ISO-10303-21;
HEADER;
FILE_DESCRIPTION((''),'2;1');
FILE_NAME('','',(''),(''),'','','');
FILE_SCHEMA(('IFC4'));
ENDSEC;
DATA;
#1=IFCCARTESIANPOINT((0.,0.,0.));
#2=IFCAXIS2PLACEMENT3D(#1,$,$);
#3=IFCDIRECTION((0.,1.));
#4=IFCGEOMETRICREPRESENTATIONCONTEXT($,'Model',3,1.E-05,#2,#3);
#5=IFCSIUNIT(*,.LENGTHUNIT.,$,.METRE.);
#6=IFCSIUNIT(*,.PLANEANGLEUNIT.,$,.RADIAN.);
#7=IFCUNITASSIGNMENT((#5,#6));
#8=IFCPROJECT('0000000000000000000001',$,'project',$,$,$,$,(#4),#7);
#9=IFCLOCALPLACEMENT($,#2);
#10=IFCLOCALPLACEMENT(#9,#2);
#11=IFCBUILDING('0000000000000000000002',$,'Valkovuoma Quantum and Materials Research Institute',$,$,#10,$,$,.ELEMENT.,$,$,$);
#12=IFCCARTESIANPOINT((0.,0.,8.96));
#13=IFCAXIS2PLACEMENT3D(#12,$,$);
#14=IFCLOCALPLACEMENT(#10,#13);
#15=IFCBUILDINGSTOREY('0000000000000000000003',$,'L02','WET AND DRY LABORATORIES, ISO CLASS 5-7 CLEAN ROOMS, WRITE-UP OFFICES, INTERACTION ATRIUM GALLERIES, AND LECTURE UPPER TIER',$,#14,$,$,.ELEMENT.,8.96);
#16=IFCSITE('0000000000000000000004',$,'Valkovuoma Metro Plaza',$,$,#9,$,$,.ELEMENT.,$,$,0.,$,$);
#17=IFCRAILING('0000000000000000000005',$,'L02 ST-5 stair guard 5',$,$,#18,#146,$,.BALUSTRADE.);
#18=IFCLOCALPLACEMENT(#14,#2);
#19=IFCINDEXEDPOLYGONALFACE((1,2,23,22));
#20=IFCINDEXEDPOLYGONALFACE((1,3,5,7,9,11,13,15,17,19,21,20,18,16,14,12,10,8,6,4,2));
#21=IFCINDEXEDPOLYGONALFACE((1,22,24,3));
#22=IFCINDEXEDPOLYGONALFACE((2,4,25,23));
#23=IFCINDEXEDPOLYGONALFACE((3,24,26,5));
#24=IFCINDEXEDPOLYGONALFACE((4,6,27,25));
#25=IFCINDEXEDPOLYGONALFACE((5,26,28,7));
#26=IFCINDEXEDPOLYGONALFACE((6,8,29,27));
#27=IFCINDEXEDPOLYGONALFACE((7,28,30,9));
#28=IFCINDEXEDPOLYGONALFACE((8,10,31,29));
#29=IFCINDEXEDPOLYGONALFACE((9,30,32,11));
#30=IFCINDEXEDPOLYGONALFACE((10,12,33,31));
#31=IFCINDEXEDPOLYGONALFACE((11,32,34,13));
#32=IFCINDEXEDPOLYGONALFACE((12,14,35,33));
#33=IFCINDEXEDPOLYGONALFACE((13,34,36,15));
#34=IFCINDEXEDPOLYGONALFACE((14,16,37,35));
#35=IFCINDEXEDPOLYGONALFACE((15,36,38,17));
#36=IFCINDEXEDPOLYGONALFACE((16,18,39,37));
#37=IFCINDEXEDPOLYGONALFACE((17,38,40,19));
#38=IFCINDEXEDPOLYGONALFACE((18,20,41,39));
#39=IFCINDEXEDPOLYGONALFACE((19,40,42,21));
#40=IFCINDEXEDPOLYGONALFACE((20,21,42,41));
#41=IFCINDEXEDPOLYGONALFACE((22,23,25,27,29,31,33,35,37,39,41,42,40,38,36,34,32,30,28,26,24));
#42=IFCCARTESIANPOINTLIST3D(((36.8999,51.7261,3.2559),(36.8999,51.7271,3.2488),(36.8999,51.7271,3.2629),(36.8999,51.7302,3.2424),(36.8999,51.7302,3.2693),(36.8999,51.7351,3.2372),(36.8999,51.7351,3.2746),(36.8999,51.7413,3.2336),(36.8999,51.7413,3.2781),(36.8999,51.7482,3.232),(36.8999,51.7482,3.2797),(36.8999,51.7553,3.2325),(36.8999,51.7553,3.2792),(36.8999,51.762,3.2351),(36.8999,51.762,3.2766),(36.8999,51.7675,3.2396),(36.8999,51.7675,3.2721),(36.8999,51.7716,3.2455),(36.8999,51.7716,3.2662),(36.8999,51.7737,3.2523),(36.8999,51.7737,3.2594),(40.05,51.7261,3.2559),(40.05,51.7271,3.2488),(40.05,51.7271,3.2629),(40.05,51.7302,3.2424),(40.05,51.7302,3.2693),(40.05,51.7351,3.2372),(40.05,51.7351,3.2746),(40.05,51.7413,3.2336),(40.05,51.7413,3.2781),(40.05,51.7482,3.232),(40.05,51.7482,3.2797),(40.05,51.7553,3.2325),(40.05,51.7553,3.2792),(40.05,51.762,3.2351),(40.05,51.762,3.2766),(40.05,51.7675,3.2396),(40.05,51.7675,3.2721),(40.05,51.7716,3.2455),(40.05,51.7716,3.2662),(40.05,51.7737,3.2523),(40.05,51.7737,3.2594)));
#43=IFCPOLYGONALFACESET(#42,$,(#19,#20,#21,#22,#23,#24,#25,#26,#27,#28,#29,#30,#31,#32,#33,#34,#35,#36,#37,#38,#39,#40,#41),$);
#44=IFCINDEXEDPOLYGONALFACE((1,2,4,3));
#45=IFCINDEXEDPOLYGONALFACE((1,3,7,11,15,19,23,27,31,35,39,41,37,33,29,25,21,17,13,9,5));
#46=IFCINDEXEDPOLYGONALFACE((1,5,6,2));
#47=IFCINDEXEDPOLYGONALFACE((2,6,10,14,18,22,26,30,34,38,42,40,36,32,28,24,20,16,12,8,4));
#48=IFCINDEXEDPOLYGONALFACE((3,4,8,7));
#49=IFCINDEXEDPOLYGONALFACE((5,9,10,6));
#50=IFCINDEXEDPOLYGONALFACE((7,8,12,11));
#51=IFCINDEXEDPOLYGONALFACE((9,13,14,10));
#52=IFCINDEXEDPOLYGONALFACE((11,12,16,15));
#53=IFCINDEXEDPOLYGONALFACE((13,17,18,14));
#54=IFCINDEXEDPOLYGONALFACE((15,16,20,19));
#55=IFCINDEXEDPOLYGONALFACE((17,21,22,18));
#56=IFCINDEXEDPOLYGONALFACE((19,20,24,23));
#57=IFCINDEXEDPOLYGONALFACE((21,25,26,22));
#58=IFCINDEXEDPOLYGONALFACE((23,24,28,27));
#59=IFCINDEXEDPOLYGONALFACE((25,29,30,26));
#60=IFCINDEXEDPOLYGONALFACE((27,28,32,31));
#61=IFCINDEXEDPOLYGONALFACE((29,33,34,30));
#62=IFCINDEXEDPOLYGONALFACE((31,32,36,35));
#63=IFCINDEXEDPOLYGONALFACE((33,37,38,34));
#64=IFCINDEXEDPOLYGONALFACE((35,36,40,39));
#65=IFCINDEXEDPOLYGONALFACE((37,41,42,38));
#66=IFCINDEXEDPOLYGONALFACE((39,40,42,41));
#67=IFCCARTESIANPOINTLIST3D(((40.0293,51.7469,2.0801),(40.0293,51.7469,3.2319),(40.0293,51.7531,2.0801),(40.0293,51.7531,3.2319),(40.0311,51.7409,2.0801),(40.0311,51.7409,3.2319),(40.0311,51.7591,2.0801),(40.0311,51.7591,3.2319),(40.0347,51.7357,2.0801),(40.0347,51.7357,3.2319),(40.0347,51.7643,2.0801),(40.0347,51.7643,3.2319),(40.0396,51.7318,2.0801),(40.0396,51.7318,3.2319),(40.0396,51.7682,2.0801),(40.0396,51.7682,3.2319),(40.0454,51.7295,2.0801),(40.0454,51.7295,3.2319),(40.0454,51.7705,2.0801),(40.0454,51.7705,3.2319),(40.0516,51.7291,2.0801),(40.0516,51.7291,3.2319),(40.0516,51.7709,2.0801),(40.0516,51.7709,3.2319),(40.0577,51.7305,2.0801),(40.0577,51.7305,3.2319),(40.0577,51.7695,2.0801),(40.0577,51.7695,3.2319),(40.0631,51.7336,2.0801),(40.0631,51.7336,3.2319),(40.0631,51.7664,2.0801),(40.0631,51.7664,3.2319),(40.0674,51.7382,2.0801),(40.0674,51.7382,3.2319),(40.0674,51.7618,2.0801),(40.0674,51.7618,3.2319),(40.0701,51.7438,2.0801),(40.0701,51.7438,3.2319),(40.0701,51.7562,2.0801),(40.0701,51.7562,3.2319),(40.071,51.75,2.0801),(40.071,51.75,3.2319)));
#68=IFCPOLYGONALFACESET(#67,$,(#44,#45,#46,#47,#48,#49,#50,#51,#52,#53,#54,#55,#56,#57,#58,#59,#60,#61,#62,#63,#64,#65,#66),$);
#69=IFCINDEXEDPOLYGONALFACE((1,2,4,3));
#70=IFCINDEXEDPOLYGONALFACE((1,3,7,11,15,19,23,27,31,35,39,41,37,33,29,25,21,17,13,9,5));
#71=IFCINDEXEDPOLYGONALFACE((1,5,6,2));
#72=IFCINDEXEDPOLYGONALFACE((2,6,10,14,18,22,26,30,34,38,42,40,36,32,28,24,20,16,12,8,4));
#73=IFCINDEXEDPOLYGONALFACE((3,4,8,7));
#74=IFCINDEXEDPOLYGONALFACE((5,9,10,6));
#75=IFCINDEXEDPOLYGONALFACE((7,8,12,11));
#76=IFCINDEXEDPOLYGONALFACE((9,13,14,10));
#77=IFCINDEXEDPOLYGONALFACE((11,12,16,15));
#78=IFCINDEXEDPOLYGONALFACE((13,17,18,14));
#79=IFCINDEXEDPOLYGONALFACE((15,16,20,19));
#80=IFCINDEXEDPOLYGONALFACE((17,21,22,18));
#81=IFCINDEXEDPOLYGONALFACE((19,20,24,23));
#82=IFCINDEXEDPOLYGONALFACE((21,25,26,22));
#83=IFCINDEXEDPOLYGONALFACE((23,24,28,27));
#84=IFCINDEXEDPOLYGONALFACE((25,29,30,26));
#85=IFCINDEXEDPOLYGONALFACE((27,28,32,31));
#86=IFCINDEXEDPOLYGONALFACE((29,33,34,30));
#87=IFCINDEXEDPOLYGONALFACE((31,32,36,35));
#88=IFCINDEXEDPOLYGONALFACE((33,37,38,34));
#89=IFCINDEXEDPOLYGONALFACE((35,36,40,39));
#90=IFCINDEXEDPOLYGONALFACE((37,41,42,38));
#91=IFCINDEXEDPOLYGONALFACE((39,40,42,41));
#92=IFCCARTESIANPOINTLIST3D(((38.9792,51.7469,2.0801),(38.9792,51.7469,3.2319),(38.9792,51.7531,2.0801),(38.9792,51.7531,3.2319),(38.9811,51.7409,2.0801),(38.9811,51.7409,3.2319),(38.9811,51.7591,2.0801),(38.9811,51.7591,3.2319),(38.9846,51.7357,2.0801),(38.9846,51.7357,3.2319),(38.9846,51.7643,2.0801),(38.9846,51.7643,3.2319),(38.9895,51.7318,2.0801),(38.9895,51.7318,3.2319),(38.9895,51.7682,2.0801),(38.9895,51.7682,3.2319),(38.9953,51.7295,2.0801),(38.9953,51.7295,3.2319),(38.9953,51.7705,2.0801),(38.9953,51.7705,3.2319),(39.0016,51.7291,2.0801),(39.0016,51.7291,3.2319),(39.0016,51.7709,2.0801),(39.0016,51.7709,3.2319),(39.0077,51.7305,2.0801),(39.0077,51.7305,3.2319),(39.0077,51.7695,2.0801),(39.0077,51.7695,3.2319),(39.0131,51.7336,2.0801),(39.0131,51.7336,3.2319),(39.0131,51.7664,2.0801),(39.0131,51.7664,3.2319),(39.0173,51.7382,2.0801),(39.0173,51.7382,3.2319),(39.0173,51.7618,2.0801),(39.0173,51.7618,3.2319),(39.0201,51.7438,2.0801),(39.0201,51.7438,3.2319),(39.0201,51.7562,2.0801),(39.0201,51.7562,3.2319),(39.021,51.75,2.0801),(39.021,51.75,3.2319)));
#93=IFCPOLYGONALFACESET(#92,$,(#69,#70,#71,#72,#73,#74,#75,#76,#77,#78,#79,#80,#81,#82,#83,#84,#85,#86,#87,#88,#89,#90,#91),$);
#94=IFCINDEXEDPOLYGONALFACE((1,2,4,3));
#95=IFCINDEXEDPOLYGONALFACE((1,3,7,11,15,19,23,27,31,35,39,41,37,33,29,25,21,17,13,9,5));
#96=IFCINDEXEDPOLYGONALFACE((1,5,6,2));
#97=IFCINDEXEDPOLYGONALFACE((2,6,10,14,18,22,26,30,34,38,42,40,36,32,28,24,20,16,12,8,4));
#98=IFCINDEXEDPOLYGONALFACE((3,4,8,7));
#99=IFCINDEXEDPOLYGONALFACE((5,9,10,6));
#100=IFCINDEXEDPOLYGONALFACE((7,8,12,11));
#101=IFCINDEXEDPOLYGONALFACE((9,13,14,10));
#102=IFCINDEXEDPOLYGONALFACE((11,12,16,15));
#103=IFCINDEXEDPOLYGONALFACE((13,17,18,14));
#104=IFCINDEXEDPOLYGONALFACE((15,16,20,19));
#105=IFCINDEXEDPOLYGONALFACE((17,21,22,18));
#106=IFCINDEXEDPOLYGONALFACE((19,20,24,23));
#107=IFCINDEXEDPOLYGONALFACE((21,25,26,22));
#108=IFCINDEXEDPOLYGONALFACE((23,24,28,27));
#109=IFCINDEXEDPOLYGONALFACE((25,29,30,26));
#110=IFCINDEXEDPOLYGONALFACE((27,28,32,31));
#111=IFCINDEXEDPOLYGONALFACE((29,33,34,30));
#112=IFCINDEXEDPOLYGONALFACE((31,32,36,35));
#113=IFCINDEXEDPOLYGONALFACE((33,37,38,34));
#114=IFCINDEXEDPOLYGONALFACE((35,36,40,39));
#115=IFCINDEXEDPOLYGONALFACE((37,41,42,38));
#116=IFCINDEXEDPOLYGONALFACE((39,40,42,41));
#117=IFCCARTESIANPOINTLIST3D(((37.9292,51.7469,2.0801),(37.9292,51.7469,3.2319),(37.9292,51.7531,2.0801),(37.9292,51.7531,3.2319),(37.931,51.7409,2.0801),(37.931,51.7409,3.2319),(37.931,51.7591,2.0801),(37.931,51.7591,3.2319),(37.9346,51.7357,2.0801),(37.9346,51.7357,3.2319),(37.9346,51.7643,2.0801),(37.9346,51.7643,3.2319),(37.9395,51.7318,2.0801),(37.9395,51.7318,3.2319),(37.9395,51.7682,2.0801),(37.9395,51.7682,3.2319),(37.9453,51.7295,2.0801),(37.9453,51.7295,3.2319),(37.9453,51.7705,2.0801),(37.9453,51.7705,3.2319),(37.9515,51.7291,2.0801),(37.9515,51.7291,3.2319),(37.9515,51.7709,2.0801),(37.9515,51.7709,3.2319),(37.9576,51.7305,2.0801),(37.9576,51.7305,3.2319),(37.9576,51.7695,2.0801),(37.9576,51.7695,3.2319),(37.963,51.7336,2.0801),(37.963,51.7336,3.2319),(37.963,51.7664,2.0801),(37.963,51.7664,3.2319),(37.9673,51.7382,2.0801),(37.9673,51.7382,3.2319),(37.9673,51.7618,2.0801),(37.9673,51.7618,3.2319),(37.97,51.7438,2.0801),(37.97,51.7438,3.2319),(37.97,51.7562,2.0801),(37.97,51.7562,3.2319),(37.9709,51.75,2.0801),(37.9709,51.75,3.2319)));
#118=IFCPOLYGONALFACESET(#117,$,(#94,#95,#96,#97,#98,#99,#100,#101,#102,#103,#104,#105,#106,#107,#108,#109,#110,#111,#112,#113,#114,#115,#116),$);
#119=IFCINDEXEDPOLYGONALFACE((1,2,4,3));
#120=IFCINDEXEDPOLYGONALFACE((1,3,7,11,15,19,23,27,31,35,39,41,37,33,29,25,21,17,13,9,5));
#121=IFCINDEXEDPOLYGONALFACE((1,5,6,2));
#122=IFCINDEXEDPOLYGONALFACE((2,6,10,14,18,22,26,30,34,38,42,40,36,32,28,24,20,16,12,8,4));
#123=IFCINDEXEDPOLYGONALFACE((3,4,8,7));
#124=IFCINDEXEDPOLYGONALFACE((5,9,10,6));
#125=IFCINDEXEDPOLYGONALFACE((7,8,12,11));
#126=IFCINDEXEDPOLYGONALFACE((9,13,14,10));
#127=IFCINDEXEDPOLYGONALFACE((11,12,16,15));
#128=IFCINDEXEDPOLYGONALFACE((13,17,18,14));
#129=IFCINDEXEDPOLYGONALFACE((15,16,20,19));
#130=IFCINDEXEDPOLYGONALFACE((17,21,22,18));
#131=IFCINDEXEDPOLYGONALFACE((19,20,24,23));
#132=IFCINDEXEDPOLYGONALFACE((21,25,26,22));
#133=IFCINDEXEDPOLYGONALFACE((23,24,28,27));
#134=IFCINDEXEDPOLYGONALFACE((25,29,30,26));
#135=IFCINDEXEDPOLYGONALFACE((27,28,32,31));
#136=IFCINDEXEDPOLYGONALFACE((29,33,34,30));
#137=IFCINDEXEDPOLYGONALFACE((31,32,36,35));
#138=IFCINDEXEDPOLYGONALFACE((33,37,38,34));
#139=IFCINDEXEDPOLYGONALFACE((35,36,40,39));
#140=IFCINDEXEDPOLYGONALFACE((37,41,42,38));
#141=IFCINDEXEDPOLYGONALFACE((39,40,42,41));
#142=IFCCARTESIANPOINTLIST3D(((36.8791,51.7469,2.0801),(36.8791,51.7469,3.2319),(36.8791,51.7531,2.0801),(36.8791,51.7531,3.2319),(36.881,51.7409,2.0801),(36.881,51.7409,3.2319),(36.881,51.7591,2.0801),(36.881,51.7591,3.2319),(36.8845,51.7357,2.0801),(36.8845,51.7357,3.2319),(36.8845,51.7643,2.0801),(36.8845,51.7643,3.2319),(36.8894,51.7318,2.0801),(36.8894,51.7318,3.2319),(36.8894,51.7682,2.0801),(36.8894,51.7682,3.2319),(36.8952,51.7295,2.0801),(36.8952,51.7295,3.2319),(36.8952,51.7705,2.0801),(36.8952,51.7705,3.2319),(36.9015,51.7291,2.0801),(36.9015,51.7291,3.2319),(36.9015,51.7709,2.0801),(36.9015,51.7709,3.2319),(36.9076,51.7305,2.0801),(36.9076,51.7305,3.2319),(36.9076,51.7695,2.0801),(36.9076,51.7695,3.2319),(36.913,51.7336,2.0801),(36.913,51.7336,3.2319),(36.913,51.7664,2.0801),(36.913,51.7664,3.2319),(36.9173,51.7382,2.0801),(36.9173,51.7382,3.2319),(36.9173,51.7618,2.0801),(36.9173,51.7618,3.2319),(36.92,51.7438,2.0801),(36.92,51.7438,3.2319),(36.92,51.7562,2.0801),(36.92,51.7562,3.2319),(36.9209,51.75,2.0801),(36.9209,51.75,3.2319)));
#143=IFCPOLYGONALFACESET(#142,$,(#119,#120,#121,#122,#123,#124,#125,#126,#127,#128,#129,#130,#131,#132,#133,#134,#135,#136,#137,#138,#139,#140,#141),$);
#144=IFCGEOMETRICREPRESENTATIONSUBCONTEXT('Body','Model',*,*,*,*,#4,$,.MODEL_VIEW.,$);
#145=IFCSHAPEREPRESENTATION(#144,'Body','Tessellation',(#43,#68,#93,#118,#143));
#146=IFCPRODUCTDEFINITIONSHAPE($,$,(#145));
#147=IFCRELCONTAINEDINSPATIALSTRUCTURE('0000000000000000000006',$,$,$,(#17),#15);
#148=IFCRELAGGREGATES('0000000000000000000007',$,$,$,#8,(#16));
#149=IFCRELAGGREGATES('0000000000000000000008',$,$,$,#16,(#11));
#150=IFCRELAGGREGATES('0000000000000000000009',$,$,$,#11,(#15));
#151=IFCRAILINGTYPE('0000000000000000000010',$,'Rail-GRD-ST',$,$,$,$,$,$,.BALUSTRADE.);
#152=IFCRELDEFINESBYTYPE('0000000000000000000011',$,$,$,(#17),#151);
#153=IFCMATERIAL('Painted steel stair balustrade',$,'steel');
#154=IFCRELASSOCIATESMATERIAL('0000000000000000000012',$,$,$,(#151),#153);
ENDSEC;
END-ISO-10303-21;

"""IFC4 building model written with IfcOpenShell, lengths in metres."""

from ifc_helpers import new_model, si_unit, direction, frame, origin, origin_2d, place, context, subcontext, project, spatial, circle, extrude, material, type_object, element, save


model = new_model("IFC4")

# Units and contexts
model_context = context("Model", 3, precision=1e-05, world=origin(), true_north=direction((0.0, 1.0)))
body_context = subcontext(model_context, "Body", "Model", "MODEL_VIEW")
ifc_project = project(units=[si_unit("LENGTHUNIT", "METRE"), si_unit("PLANEANGLEUNIT", "RADIAN")], contexts=[model_context])

# Site, building, storey
site_placement = place(None, origin())
site = spatial("IfcSite", under=ifc_project, at=site_placement, Name="Valkovuoma Metro Plaza", CompositionType="ELEMENT", RefElevation=0.0)
building_placement = place(site_placement, origin())
building = spatial("IfcBuilding", under=site, at=building_placement, Name="Valkovuoma Quantum and Materials Research Institute", CompositionType="ELEMENT")
storey_placement = place(building_placement, frame((0.0, 0.0, 8.96)))
storey = spatial("IfcBuildingStorey", under=building, at=storey_placement, Name="L02", Description="WET AND DRY LABORATORIES, ISO CLASS 5-7 CLEAN ROOMS, WRITE-UP OFFICES, INTERACTION ATRIUM GALLERIES, AND LECTURE UPPER TIER", CompositionType="ELEMENT", Elevation=8.96)

# Railing
ifc_material_1 = material(Name="Painted steel stair balustrade", Category="steel")
railing_type_1 = type_object("IfcRailingType", Name="Rail-GRD-ST", PredefinedType="BALUSTRADE", material=ifc_material_1)
railing_1_placement = place(storey_placement, frame((40.05, 51.75, 2.0801)))
element("IfcRailing", 1, at=railing_1_placement, inside=storey, type_object=railing_type_1, Name="L02 ST-5 stair guard 5", PredefinedType="BALUSTRADE", context=body_context, shape_type="SweptSolid", body=[
    extrude(circle(Radius=0.0239, at=origin_2d()), frame((0.0, 0.0, 1.1758), z_axis=(-1.0, 0.0, 0.0), x_axis=(0.0, -1.0, 0.0)), (0.0, 0.0, 1.0), 3.1501),
    extrude(circle(Radius=0.021, at=origin_2d()), origin(), (0.0, 0.0, 1.0), 1.1519),
    extrude(circle(Radius=0.021, at=origin_2d()), frame((-1.05, 0.0, 0.0)), (0.0, 0.0, 1.0), 1.1519),
    extrude(circle(Radius=0.021, at=origin_2d()), frame((-2.1001, 0.0, 0.0)), (0.0, 0.0, 1.0), 1.1519),
    extrude(circle(Radius=0.021, at=origin_2d()), frame((-3.1501, 0.0, 0.0)), (0.0, 0.0, 1.0), 1.1519),
])

save(model, "model.ifc")
